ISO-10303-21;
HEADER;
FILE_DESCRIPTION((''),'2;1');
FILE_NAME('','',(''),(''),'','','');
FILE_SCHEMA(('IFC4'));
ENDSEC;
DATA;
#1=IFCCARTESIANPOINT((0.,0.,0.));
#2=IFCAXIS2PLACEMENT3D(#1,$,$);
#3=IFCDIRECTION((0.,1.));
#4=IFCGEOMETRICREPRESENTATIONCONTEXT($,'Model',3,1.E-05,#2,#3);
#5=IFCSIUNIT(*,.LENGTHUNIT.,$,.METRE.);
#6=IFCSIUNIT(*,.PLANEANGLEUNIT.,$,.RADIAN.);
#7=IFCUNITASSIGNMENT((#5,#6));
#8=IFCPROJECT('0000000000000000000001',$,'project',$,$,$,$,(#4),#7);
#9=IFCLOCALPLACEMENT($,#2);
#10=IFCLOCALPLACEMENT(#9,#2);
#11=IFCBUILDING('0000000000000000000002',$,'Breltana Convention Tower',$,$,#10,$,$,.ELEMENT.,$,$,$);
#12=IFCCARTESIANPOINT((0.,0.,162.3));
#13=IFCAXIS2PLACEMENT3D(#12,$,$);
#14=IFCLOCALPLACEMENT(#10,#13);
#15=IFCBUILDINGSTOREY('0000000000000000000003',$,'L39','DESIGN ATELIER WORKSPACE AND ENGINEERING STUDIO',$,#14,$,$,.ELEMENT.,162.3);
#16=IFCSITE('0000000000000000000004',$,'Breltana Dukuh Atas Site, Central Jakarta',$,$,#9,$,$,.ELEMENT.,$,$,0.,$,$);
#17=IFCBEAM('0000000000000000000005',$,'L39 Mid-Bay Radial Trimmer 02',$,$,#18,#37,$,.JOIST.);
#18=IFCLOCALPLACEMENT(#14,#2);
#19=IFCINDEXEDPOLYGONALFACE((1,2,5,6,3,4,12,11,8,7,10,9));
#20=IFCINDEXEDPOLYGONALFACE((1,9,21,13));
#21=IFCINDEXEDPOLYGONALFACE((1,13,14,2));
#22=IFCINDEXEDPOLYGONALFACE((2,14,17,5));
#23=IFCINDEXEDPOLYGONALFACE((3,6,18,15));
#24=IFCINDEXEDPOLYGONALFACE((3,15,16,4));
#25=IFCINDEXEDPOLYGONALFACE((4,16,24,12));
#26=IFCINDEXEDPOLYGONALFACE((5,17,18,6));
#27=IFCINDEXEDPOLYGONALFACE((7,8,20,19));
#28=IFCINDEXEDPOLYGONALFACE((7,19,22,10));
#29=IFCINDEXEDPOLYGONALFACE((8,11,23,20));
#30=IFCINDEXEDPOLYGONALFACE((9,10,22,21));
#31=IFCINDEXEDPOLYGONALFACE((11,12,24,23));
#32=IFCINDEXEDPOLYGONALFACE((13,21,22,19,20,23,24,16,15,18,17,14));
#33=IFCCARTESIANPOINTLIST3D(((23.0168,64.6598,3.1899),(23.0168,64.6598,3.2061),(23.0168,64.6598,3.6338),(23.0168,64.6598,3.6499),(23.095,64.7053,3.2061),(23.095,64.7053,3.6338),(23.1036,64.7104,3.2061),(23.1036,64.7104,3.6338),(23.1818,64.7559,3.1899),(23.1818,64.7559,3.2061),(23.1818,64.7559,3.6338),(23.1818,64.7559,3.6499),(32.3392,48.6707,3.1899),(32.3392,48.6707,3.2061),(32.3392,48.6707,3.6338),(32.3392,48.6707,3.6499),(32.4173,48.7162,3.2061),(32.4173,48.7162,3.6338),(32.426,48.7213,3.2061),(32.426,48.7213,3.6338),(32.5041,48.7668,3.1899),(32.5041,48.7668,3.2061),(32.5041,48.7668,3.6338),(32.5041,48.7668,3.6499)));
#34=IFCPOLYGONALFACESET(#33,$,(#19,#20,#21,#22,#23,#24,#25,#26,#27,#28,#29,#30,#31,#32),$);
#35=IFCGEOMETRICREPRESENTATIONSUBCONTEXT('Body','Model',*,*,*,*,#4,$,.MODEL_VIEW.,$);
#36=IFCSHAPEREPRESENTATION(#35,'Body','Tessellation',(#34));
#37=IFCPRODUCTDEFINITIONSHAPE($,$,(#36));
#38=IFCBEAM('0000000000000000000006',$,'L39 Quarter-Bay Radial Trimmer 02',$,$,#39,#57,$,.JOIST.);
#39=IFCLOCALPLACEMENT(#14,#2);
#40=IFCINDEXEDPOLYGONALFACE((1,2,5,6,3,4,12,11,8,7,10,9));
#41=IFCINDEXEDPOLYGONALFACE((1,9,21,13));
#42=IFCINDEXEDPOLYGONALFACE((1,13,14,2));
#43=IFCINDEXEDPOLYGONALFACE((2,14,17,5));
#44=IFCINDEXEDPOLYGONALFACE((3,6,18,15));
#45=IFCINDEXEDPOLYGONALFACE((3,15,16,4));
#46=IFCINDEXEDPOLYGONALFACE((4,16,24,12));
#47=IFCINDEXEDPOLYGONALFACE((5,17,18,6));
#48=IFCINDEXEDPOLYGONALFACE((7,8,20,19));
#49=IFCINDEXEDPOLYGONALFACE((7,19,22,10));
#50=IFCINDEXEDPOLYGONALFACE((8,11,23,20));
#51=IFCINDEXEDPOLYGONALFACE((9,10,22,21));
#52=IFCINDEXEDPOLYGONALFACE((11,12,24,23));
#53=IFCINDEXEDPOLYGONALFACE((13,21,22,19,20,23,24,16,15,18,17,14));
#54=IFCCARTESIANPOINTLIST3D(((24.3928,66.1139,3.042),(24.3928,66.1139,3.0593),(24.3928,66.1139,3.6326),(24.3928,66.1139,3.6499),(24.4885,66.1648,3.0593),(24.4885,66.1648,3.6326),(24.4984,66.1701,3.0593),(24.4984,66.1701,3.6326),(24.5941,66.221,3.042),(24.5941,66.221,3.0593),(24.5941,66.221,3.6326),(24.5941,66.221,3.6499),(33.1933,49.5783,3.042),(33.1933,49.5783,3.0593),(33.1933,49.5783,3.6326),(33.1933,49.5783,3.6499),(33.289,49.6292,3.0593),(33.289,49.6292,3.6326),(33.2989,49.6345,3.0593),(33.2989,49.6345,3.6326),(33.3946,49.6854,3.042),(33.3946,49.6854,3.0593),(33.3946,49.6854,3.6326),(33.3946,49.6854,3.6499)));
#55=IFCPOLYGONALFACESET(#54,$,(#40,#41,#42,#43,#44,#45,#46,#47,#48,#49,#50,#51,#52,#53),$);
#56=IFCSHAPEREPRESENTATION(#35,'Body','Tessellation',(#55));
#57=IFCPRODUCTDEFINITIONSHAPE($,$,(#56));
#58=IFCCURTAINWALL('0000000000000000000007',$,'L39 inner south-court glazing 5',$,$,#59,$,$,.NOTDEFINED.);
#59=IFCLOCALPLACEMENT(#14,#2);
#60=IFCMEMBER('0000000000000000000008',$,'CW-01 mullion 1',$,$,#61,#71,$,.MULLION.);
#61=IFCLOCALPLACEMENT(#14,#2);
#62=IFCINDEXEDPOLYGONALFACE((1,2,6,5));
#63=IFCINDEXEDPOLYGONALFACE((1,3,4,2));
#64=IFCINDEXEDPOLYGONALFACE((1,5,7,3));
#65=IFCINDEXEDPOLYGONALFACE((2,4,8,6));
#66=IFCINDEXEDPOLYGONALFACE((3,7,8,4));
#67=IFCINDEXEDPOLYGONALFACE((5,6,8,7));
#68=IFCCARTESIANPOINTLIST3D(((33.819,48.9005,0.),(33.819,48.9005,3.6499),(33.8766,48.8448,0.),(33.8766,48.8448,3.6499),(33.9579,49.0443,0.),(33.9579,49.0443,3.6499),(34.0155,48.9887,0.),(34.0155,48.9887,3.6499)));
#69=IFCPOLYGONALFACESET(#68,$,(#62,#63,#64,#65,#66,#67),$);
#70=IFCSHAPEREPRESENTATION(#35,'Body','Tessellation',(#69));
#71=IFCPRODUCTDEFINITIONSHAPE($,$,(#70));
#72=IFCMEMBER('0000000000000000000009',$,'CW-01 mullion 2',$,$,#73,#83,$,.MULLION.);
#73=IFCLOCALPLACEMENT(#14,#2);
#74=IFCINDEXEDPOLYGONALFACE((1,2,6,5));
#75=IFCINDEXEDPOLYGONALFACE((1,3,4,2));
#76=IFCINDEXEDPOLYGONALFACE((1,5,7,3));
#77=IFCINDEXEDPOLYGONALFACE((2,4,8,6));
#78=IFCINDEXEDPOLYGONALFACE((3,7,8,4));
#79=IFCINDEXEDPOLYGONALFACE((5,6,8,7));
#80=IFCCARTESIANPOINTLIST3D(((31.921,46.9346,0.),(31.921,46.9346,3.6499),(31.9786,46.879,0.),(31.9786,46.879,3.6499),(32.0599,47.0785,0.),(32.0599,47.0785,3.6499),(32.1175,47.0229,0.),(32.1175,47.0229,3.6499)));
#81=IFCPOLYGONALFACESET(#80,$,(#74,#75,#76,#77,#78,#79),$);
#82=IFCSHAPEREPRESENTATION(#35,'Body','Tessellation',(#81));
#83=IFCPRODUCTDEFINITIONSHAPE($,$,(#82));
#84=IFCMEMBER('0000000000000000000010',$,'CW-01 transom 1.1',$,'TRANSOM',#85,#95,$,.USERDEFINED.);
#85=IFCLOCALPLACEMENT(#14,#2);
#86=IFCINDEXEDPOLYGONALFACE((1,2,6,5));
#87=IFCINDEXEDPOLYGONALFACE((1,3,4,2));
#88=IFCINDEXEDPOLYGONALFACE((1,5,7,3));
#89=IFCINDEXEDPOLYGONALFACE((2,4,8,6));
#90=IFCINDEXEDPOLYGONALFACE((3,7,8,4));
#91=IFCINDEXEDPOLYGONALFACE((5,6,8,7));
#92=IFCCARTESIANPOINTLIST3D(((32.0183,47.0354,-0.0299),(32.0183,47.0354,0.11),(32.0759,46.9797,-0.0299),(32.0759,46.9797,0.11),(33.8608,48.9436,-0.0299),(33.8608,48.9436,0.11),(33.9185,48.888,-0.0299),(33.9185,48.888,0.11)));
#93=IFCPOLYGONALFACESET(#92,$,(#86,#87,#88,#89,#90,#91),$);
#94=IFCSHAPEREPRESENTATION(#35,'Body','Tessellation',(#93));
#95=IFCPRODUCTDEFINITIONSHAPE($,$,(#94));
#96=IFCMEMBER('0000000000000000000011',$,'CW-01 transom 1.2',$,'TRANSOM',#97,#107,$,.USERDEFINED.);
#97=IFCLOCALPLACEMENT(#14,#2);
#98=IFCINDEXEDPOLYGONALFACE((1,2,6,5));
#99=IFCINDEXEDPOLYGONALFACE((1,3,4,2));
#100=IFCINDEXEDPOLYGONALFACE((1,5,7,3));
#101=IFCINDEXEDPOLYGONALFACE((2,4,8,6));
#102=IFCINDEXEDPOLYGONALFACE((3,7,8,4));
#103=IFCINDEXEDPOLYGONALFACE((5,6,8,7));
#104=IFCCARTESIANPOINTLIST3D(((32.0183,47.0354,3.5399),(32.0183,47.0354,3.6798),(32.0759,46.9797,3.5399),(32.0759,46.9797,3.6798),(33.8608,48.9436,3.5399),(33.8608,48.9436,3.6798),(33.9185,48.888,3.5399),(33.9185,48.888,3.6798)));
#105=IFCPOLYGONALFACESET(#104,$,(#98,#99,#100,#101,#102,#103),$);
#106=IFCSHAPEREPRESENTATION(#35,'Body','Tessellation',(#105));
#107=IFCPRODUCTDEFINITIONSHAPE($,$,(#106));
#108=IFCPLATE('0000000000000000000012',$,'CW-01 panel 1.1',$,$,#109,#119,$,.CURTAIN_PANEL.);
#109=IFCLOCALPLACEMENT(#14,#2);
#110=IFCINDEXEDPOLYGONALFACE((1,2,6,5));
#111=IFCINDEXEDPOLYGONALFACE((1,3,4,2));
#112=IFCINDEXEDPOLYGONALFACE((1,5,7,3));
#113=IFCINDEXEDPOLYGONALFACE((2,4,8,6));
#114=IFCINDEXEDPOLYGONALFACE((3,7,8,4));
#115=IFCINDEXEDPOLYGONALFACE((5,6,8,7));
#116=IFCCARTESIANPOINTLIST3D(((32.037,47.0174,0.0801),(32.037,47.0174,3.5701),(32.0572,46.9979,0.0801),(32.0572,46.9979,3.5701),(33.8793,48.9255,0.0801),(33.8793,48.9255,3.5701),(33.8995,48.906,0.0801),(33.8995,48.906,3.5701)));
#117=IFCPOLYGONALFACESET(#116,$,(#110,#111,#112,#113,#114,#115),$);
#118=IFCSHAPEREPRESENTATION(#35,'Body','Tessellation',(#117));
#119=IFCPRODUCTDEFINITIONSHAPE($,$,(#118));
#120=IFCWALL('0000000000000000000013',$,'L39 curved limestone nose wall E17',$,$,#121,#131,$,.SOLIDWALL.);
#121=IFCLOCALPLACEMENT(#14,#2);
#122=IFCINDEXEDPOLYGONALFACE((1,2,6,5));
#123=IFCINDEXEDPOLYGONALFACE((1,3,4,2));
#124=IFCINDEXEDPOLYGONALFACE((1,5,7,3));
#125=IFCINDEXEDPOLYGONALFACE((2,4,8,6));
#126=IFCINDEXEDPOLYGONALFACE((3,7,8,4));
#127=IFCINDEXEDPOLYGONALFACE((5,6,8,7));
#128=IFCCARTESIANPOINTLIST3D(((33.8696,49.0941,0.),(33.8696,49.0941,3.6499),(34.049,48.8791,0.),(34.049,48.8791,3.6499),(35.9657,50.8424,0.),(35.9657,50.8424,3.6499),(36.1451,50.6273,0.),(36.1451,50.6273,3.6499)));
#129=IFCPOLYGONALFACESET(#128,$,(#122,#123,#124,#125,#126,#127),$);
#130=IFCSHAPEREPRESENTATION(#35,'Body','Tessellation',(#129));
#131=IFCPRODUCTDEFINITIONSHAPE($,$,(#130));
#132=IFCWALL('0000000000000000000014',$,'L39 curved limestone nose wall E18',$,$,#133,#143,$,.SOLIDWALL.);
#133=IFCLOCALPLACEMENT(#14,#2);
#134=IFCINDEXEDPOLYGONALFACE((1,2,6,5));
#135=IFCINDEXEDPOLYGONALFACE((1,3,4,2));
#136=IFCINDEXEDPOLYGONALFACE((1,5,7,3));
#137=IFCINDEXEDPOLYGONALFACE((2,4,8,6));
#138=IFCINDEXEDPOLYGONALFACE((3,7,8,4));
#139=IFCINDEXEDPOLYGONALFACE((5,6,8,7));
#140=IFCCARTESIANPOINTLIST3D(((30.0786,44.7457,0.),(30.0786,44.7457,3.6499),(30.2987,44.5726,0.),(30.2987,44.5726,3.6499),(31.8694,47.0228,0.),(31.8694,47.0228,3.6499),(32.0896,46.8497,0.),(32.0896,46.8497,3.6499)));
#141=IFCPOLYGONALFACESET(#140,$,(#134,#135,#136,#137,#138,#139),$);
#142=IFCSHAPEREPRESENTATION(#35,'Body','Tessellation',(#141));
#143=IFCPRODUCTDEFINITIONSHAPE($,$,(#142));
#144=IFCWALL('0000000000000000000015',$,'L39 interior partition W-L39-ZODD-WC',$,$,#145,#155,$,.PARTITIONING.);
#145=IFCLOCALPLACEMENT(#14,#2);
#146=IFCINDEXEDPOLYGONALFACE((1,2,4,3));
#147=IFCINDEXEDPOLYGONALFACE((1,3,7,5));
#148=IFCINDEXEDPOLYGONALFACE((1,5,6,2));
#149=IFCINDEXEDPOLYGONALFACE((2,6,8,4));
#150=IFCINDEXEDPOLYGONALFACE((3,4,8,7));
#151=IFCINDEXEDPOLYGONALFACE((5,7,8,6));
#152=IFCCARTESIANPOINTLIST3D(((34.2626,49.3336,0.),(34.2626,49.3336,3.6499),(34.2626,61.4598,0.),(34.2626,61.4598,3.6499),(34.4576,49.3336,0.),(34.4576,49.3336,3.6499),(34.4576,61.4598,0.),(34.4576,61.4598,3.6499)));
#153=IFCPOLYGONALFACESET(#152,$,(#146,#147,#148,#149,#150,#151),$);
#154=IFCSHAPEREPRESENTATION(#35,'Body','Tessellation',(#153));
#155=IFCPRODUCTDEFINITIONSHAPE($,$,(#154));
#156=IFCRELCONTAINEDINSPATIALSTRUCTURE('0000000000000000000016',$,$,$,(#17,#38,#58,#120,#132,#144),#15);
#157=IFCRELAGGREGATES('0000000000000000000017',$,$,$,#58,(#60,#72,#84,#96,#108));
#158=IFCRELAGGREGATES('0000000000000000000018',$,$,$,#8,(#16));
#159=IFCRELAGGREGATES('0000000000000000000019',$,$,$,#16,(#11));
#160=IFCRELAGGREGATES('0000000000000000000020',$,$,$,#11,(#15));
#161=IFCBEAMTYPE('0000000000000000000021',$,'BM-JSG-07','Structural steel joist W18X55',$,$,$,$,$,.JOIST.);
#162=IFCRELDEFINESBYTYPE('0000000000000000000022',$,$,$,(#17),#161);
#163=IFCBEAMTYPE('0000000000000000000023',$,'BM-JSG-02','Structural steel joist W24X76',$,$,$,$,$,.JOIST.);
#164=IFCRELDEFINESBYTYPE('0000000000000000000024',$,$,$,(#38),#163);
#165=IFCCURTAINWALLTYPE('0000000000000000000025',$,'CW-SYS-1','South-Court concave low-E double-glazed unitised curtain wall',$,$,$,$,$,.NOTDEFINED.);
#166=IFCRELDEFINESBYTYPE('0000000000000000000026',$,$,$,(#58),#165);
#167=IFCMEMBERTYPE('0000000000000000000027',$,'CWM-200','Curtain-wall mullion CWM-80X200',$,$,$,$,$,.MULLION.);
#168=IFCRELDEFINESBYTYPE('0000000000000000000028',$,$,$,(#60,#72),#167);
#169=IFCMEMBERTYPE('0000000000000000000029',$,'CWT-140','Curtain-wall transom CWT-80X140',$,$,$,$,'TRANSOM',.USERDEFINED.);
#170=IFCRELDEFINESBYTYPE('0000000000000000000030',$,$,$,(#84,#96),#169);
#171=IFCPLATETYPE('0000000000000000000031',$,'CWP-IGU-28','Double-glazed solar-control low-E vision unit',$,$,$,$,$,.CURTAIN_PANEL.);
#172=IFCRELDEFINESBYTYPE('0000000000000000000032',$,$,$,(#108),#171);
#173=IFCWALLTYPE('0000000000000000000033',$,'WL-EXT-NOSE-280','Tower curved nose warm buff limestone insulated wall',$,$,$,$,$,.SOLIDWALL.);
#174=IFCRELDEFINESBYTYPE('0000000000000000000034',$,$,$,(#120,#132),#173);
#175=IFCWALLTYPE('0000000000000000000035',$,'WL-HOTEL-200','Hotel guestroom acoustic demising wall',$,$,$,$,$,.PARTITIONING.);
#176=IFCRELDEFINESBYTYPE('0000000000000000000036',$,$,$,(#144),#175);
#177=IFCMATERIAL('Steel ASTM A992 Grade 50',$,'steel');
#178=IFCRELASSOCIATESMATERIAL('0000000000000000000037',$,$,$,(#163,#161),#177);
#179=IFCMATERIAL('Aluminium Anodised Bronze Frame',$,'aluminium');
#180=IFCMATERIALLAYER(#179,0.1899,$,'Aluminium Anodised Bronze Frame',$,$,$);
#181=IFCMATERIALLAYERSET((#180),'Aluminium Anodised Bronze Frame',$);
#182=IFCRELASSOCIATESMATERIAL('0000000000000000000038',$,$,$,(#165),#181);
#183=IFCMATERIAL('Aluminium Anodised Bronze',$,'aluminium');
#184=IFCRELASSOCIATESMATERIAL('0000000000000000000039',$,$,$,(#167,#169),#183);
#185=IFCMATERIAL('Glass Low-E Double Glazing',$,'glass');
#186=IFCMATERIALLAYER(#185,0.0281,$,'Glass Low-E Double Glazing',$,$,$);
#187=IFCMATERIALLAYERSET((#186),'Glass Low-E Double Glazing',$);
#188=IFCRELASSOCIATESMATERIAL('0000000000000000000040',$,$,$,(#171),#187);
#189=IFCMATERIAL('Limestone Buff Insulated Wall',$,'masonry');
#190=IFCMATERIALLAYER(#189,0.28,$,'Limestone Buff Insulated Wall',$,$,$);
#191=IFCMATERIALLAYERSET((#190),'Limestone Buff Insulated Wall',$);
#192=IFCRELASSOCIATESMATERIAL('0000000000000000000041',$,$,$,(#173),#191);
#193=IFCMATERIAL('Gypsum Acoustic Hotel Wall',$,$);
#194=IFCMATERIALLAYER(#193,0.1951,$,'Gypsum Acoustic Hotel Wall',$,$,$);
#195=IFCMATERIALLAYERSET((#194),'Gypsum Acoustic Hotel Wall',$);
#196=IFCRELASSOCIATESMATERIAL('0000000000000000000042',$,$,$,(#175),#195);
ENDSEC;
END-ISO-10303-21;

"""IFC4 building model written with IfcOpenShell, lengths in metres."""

from ifc_helpers import new_model, si_unit, direction, frame, frame_2d, origin, origin_2d, place, context, subcontext, project, spatial, rectangle, i_section, extrude, source, transform, mapped, material, layer, layer_set, material_profile, profile_set, type_object, element, aggregate, save


model = new_model("IFC4")

# Units and contexts
model_context = context("Model", 3, precision=1e-05, world=origin(), true_north=direction((0.0, 1.0)))
body_context = subcontext(model_context, "Body", "Model", "MODEL_VIEW")
ifc_project = project(units=[si_unit("LENGTHUNIT", "METRE"), si_unit("PLANEANGLEUNIT", "RADIAN")], contexts=[model_context])

# Site, building, storey
site_placement = place(None, origin())
site = spatial("IfcSite", under=ifc_project, at=site_placement, Name="Breltana Dukuh Atas Site, Central Jakarta", CompositionType="ELEMENT", RefElevation=0.0)
building_placement = place(site_placement, origin())
building = spatial("IfcBuilding", under=site, at=building_placement, Name="Breltana Convention Tower", CompositionType="ELEMENT")
storey_placement = place(building_placement, frame((0.0, 0.0, 162.3)))
storey = spatial("IfcBuildingStorey", under=building, at=storey_placement, Name="L39", Description="DESIGN ATELIER WORKSPACE AND ENGINEERING STUDIO", CompositionType="ELEMENT", Elevation=162.3)

# Beams
ifc_material_1 = material(Name="Steel ASTM A992 Grade 50", Category="steel")
ifc_material_profile_1 = material_profile(ifc_material_1, i_section(OverallWidth=0.228, OverallDepth=0.6079, WebThickness=0.0112, FlangeThickness=0.0173, at=origin_2d()), Name="W24X76")
ifc_profile_set_1 = profile_set([ifc_material_profile_1], Name="Steel ASTM A992 Grade 50")
beam_type_1 = type_object("IfcBeamType", Name="BM-JSG-02", Description="Structural steel joist W24X76", PredefinedType="JOIST", material=ifc_profile_set_1)
ifc_material_profile_2 = material_profile(ifc_material_1, i_section(OverallWidth=0.1909, OverallDepth=0.46, WebThickness=0.01, FlangeThickness=0.0161, at=origin_2d()), Name="W18X55")
ifc_profile_set_2 = profile_set([ifc_material_profile_2], Name="Steel ASTM A992 Grade 50")
beam_type_2 = type_object("IfcBeamType", Name="BM-JSG-07", Description="Structural steel joist W18X55", PredefinedType="JOIST", material=ifc_profile_set_2)
shared_shape_1 = source(origin(), body_context, "Body", "SweptSolid", [
    extrude(i_section(OverallWidth=0.1909, OverallDepth=0.46, WebThickness=0.01, FlangeThickness=0.0161, at=origin_2d()), origin(), (0.0, 0.0, 1.0), 18.5083),
])
beam_1_placement = place(storey_placement, frame((32.4216, 48.7188, 3.4199), z_axis=(-0.503683, 0.863888, 0.0), x_axis=(-0.863888, -0.503683, 0.0)))
element("IfcBeam", 1, at=beam_1_placement, inside=storey, type_object=beam_type_2, Name="L39 Mid-Bay Radial Trimmer 02", PredefinedType="JOIST", context=body_context, shape_type="MappedRepresentation", body=[
    mapped(shared_shape_1, transform((0.0, 0.0, 0.0), scale=1.0)),
])
shared_shape_2 = source(origin(), body_context, "Body", "SweptSolid", [
    extrude(i_section(OverallWidth=0.228, OverallDepth=0.6079, WebThickness=0.0112, FlangeThickness=0.0173, at=origin_2d()), origin(), (0.0, 0.0, 1.0), 18.7317),
])
beam_2_placement = place(storey_placement, frame((33.2939, 49.6318, 3.3459), z_axis=(-0.46982, 0.882762, 0.0), x_axis=(-0.882762, -0.46982, 0.0)))
element("IfcBeam", 2, at=beam_2_placement, inside=storey, type_object=beam_type_1, Name="L39 Quarter-Bay Radial Trimmer 02", PredefinedType="JOIST", context=body_context, shape_type="MappedRepresentation", body=[
    mapped(shared_shape_2, transform((0.0, 0.0, 0.0), scale=1.0)),
])

# Curtain wall, members, plate
ifc_material_2 = material(Name="Aluminium Anodised Bronze Frame", Category="aluminium")
ifc_layer_1 = layer(ifc_material_2, 0.1899, Name="Aluminium Anodised Bronze Frame")
ifc_layer_set_1 = layer_set([ifc_layer_1], Name="Aluminium Anodised Bronze Frame")
curtain_wall_type = type_object("IfcCurtainWallType", Name="CW-SYS-1", Description="South-Court concave low-E double-glazed unitised curtain wall", PredefinedType="NOTDEFINED", material=ifc_layer_set_1)
curtain_wall_placement = place(storey_placement, origin())
curtain_wall = element("IfcCurtainWall", 3, at=curtain_wall_placement, inside=storey, type_object=curtain_wall_type, Name="L39 inner south-court glazing 5", PredefinedType="NOTDEFINED")
ifc_material_3 = material(Name="Aluminium Anodised Bronze", Category="aluminium")
ifc_material_profile_3 = material_profile(ifc_material_3, rectangle(XDim=0.0801, YDim=0.2, at=origin_2d()), Name="CWM-80X200")
ifc_profile_set_3 = profile_set([ifc_material_profile_3], Name="Aluminium Anodised Bronze")
member_type_1 = type_object("IfcMemberType", Name="CWM-200", Description="Curtain-wall mullion CWM-80X200", PredefinedType="MULLION", material=ifc_profile_set_3)
shared_shape_3 = source(origin(), body_context, "Body", "SweptSolid", [
    extrude(rectangle(XDim=0.0801, YDim=0.2, at=origin_2d()), origin(), (0.0, 0.0, 1.0), 3.6499),
])
member_1_placement = place(storey_placement, frame((33.9172, 48.9446, 0.0), z_axis=(0.0, 0.0, 1.0), x_axis=(0.71939, -0.694607, 0.0)))
member_1 = element("IfcMember", 4, at=member_1_placement, type_object=member_type_1, Name="CW-01 mullion 1", PredefinedType="MULLION", context=body_context, shape_type="MappedRepresentation", body=[
    mapped(shared_shape_3, transform((0.0, 0.0, 0.0), scale=1.0)),
])
member_2_placement = place(storey_placement, frame((32.0193, 46.9788, 0.0), z_axis=(0.0, 0.0, 1.0), x_axis=(0.71939, -0.694607, 0.0)))
member_2 = element("IfcMember", 5, at=member_2_placement, type_object=member_type_1, Name="CW-01 mullion 2", PredefinedType="MULLION", context=body_context, shape_type="MappedRepresentation", body=[
    mapped(shared_shape_3, transform((0.0, 0.0, 0.0), scale=1.0)),
])
ifc_material_profile_4 = material_profile(ifc_material_3, rectangle(XDim=0.0801, YDim=0.1399, at=origin_2d()), Name="CWT-80X140")
ifc_profile_set_4 = profile_set([ifc_material_profile_4], Name="Aluminium Anodised Bronze")
member_type_2 = type_object("IfcMemberType", Name="CWT-140", Description="Curtain-wall transom CWT-80X140", ElementType="TRANSOM", PredefinedType="USERDEFINED", material=ifc_profile_set_4)
shared_shape_4 = source(origin(), body_context, "Body", "SweptSolid", [
    extrude(rectangle(XDim=0.0801, YDim=0.1399, at=origin_2d()), origin(), (0.0, 0.0, 1.0), 2.6526),
])
member_3_placement = place(storey_placement, frame((33.8896, 48.9158, 0.04), z_axis=(-0.694619, -0.719378, 0.0), x_axis=(0.719378, -0.694619, 0.0)))
member_3 = element("IfcMember", 6, at=member_3_placement, type_object=member_type_2, Name="CW-01 transom 1.1", ObjectType="TRANSOM", PredefinedType="USERDEFINED", context=body_context, shape_type="MappedRepresentation", body=[
    mapped(shared_shape_4, transform((0.0, 0.0, 0.0), scale=1.0)),
])
member_4_placement = place(storey_placement, frame((33.8896, 48.9158, 3.6099), z_axis=(-0.694619, -0.719378, 0.0), x_axis=(0.719378, -0.694619, 0.0)))
member_4 = element("IfcMember", 7, at=member_4_placement, type_object=member_type_2, Name="CW-01 transom 1.2", ObjectType="TRANSOM", PredefinedType="USERDEFINED", context=body_context, shape_type="MappedRepresentation", body=[
    mapped(shared_shape_4, transform((0.0, 0.0, 0.0), scale=1.0)),
])
ifc_material_4 = material(Name="Glass Low-E Double Glazing", Category="glass")
ifc_layer_2 = layer(ifc_material_4, 0.0281, Name="Glass Low-E Double Glazing")
ifc_layer_set_2 = layer_set([ifc_layer_2], Name="Glass Low-E Double Glazing")
plate_type = type_object("IfcPlateType", Name="CWP-IGU-28", Description="Double-glazed solar-control low-E vision unit", PredefinedType="CURTAIN_PANEL", material=ifc_layer_set_2)
shared_shape_5 = source(origin(), body_context, "Body", "SweptSolid", [
    extrude(rectangle(XDim=2.6523, YDim=0.0281, at=origin_2d()), origin(), (0.0, 0.0, 1.0), 3.49),
])
plate_placement = place(storey_placement, frame((32.9683, 47.9617, 0.0801), z_axis=(0.0, 0.0, 1.0), x_axis=(-0.694607, -0.71939, 0.0)))
plate = element("IfcPlate", 8, at=plate_placement, type_object=plate_type, Name="CW-01 panel 1.1", PredefinedType="CURTAIN_PANEL", context=body_context, shape_type="MappedRepresentation", body=[
    mapped(shared_shape_5, transform((0.0, 0.0, 0.0), scale=1.0)),
])
aggregate(curtain_wall, [member_1, member_2, member_3, member_4, plate])

# Walls
ifc_material_5 = material(Name="Limestone Buff Insulated Wall", Category="masonry")
ifc_layer_3 = layer(ifc_material_5, 0.28, Name="Limestone Buff Insulated Wall")
ifc_layer_set_3 = layer_set([ifc_layer_3], Name="Limestone Buff Insulated Wall")
wall_type_1 = type_object("IfcWallType", Name="WL-EXT-NOSE-280", Description="Tower curved nose warm buff limestone insulated wall", PredefinedType="SOLIDWALL", material=ifc_layer_set_3)
shared_shape_6 = source(origin(), body_context, "Body", "SweptSolid", [
    extrude(rectangle(XDim=2.7295, YDim=0.28, at=frame_2d((1.3647, 0.0))), origin(), (0.0, 0.0, 1.0), 3.6499),
])
wall_1_placement = place(storey_placement, frame((36.0554, 50.7349, 0.0), z_axis=(0.0, 0.0, 1.0), x_axis=(-0.767957, -0.640501, 0.0)))
element("IfcWall", 9, at=wall_1_placement, inside=storey, type_object=wall_type_1, Name="L39 curved limestone nose wall E17", PredefinedType="SOLIDWALL", context=body_context, shape_type="MappedRepresentation", body=[
    mapped(shared_shape_6, transform((0.0, 0.0, 0.0), scale=1.0)),
])
shared_shape_7 = source(origin(), body_context, "Body", "SweptSolid", [
    extrude(rectangle(XDim=2.897, YDim=0.28, at=frame_2d((1.4485, 0.0))), origin(), (0.0, 0.0, 1.0), 3.6499),
])
wall_2_placement = place(storey_placement, frame((31.9795, 46.9363, 0.0), z_axis=(0.0, 0.0, 1.0), x_axis=(-0.618168, -0.786046, 0.0)))
element("IfcWall", 10, at=wall_2_placement, inside=storey, type_object=wall_type_1, Name="L39 curved limestone nose wall E18", PredefinedType="SOLIDWALL", context=body_context, shape_type="MappedRepresentation", body=[
    mapped(shared_shape_7, transform((0.0, 0.0, 0.0), scale=1.0)),
])
ifc_material_6 = material(Name="Gypsum Acoustic Hotel Wall")
ifc_layer_4 = layer(ifc_material_6, 0.1951, Name="Gypsum Acoustic Hotel Wall")
ifc_layer_set_4 = layer_set([ifc_layer_4], Name="Gypsum Acoustic Hotel Wall")
wall_type_2 = type_object("IfcWallType", Name="WL-HOTEL-200", Description="Hotel guestroom acoustic demising wall", PredefinedType="PARTITIONING", material=ifc_layer_set_4)
shared_shape_8 = source(origin(), body_context, "Body", "SweptSolid", [
    extrude(rectangle(XDim=12.1262, YDim=0.1951, at=frame_2d((6.063, 0.0))), origin(), (0.0, 0.0, 1.0), 3.6499),
])
wall_3_placement = place(storey_placement, frame((34.3601, 49.3337, 0.0), z_axis=(0.0, 0.0, 1.0), x_axis=(0.0, 1.0, 0.0)))
element("IfcWall", 11, at=wall_3_placement, inside=storey, type_object=wall_type_2, Name="L39 interior partition W-L39-ZODD-WC", PredefinedType="PARTITIONING", context=body_context, shape_type="MappedRepresentation", body=[
    mapped(shared_shape_8, transform((0.0, 0.0, 0.0), scale=1.0)),
])

save(model, "model.ifc")
